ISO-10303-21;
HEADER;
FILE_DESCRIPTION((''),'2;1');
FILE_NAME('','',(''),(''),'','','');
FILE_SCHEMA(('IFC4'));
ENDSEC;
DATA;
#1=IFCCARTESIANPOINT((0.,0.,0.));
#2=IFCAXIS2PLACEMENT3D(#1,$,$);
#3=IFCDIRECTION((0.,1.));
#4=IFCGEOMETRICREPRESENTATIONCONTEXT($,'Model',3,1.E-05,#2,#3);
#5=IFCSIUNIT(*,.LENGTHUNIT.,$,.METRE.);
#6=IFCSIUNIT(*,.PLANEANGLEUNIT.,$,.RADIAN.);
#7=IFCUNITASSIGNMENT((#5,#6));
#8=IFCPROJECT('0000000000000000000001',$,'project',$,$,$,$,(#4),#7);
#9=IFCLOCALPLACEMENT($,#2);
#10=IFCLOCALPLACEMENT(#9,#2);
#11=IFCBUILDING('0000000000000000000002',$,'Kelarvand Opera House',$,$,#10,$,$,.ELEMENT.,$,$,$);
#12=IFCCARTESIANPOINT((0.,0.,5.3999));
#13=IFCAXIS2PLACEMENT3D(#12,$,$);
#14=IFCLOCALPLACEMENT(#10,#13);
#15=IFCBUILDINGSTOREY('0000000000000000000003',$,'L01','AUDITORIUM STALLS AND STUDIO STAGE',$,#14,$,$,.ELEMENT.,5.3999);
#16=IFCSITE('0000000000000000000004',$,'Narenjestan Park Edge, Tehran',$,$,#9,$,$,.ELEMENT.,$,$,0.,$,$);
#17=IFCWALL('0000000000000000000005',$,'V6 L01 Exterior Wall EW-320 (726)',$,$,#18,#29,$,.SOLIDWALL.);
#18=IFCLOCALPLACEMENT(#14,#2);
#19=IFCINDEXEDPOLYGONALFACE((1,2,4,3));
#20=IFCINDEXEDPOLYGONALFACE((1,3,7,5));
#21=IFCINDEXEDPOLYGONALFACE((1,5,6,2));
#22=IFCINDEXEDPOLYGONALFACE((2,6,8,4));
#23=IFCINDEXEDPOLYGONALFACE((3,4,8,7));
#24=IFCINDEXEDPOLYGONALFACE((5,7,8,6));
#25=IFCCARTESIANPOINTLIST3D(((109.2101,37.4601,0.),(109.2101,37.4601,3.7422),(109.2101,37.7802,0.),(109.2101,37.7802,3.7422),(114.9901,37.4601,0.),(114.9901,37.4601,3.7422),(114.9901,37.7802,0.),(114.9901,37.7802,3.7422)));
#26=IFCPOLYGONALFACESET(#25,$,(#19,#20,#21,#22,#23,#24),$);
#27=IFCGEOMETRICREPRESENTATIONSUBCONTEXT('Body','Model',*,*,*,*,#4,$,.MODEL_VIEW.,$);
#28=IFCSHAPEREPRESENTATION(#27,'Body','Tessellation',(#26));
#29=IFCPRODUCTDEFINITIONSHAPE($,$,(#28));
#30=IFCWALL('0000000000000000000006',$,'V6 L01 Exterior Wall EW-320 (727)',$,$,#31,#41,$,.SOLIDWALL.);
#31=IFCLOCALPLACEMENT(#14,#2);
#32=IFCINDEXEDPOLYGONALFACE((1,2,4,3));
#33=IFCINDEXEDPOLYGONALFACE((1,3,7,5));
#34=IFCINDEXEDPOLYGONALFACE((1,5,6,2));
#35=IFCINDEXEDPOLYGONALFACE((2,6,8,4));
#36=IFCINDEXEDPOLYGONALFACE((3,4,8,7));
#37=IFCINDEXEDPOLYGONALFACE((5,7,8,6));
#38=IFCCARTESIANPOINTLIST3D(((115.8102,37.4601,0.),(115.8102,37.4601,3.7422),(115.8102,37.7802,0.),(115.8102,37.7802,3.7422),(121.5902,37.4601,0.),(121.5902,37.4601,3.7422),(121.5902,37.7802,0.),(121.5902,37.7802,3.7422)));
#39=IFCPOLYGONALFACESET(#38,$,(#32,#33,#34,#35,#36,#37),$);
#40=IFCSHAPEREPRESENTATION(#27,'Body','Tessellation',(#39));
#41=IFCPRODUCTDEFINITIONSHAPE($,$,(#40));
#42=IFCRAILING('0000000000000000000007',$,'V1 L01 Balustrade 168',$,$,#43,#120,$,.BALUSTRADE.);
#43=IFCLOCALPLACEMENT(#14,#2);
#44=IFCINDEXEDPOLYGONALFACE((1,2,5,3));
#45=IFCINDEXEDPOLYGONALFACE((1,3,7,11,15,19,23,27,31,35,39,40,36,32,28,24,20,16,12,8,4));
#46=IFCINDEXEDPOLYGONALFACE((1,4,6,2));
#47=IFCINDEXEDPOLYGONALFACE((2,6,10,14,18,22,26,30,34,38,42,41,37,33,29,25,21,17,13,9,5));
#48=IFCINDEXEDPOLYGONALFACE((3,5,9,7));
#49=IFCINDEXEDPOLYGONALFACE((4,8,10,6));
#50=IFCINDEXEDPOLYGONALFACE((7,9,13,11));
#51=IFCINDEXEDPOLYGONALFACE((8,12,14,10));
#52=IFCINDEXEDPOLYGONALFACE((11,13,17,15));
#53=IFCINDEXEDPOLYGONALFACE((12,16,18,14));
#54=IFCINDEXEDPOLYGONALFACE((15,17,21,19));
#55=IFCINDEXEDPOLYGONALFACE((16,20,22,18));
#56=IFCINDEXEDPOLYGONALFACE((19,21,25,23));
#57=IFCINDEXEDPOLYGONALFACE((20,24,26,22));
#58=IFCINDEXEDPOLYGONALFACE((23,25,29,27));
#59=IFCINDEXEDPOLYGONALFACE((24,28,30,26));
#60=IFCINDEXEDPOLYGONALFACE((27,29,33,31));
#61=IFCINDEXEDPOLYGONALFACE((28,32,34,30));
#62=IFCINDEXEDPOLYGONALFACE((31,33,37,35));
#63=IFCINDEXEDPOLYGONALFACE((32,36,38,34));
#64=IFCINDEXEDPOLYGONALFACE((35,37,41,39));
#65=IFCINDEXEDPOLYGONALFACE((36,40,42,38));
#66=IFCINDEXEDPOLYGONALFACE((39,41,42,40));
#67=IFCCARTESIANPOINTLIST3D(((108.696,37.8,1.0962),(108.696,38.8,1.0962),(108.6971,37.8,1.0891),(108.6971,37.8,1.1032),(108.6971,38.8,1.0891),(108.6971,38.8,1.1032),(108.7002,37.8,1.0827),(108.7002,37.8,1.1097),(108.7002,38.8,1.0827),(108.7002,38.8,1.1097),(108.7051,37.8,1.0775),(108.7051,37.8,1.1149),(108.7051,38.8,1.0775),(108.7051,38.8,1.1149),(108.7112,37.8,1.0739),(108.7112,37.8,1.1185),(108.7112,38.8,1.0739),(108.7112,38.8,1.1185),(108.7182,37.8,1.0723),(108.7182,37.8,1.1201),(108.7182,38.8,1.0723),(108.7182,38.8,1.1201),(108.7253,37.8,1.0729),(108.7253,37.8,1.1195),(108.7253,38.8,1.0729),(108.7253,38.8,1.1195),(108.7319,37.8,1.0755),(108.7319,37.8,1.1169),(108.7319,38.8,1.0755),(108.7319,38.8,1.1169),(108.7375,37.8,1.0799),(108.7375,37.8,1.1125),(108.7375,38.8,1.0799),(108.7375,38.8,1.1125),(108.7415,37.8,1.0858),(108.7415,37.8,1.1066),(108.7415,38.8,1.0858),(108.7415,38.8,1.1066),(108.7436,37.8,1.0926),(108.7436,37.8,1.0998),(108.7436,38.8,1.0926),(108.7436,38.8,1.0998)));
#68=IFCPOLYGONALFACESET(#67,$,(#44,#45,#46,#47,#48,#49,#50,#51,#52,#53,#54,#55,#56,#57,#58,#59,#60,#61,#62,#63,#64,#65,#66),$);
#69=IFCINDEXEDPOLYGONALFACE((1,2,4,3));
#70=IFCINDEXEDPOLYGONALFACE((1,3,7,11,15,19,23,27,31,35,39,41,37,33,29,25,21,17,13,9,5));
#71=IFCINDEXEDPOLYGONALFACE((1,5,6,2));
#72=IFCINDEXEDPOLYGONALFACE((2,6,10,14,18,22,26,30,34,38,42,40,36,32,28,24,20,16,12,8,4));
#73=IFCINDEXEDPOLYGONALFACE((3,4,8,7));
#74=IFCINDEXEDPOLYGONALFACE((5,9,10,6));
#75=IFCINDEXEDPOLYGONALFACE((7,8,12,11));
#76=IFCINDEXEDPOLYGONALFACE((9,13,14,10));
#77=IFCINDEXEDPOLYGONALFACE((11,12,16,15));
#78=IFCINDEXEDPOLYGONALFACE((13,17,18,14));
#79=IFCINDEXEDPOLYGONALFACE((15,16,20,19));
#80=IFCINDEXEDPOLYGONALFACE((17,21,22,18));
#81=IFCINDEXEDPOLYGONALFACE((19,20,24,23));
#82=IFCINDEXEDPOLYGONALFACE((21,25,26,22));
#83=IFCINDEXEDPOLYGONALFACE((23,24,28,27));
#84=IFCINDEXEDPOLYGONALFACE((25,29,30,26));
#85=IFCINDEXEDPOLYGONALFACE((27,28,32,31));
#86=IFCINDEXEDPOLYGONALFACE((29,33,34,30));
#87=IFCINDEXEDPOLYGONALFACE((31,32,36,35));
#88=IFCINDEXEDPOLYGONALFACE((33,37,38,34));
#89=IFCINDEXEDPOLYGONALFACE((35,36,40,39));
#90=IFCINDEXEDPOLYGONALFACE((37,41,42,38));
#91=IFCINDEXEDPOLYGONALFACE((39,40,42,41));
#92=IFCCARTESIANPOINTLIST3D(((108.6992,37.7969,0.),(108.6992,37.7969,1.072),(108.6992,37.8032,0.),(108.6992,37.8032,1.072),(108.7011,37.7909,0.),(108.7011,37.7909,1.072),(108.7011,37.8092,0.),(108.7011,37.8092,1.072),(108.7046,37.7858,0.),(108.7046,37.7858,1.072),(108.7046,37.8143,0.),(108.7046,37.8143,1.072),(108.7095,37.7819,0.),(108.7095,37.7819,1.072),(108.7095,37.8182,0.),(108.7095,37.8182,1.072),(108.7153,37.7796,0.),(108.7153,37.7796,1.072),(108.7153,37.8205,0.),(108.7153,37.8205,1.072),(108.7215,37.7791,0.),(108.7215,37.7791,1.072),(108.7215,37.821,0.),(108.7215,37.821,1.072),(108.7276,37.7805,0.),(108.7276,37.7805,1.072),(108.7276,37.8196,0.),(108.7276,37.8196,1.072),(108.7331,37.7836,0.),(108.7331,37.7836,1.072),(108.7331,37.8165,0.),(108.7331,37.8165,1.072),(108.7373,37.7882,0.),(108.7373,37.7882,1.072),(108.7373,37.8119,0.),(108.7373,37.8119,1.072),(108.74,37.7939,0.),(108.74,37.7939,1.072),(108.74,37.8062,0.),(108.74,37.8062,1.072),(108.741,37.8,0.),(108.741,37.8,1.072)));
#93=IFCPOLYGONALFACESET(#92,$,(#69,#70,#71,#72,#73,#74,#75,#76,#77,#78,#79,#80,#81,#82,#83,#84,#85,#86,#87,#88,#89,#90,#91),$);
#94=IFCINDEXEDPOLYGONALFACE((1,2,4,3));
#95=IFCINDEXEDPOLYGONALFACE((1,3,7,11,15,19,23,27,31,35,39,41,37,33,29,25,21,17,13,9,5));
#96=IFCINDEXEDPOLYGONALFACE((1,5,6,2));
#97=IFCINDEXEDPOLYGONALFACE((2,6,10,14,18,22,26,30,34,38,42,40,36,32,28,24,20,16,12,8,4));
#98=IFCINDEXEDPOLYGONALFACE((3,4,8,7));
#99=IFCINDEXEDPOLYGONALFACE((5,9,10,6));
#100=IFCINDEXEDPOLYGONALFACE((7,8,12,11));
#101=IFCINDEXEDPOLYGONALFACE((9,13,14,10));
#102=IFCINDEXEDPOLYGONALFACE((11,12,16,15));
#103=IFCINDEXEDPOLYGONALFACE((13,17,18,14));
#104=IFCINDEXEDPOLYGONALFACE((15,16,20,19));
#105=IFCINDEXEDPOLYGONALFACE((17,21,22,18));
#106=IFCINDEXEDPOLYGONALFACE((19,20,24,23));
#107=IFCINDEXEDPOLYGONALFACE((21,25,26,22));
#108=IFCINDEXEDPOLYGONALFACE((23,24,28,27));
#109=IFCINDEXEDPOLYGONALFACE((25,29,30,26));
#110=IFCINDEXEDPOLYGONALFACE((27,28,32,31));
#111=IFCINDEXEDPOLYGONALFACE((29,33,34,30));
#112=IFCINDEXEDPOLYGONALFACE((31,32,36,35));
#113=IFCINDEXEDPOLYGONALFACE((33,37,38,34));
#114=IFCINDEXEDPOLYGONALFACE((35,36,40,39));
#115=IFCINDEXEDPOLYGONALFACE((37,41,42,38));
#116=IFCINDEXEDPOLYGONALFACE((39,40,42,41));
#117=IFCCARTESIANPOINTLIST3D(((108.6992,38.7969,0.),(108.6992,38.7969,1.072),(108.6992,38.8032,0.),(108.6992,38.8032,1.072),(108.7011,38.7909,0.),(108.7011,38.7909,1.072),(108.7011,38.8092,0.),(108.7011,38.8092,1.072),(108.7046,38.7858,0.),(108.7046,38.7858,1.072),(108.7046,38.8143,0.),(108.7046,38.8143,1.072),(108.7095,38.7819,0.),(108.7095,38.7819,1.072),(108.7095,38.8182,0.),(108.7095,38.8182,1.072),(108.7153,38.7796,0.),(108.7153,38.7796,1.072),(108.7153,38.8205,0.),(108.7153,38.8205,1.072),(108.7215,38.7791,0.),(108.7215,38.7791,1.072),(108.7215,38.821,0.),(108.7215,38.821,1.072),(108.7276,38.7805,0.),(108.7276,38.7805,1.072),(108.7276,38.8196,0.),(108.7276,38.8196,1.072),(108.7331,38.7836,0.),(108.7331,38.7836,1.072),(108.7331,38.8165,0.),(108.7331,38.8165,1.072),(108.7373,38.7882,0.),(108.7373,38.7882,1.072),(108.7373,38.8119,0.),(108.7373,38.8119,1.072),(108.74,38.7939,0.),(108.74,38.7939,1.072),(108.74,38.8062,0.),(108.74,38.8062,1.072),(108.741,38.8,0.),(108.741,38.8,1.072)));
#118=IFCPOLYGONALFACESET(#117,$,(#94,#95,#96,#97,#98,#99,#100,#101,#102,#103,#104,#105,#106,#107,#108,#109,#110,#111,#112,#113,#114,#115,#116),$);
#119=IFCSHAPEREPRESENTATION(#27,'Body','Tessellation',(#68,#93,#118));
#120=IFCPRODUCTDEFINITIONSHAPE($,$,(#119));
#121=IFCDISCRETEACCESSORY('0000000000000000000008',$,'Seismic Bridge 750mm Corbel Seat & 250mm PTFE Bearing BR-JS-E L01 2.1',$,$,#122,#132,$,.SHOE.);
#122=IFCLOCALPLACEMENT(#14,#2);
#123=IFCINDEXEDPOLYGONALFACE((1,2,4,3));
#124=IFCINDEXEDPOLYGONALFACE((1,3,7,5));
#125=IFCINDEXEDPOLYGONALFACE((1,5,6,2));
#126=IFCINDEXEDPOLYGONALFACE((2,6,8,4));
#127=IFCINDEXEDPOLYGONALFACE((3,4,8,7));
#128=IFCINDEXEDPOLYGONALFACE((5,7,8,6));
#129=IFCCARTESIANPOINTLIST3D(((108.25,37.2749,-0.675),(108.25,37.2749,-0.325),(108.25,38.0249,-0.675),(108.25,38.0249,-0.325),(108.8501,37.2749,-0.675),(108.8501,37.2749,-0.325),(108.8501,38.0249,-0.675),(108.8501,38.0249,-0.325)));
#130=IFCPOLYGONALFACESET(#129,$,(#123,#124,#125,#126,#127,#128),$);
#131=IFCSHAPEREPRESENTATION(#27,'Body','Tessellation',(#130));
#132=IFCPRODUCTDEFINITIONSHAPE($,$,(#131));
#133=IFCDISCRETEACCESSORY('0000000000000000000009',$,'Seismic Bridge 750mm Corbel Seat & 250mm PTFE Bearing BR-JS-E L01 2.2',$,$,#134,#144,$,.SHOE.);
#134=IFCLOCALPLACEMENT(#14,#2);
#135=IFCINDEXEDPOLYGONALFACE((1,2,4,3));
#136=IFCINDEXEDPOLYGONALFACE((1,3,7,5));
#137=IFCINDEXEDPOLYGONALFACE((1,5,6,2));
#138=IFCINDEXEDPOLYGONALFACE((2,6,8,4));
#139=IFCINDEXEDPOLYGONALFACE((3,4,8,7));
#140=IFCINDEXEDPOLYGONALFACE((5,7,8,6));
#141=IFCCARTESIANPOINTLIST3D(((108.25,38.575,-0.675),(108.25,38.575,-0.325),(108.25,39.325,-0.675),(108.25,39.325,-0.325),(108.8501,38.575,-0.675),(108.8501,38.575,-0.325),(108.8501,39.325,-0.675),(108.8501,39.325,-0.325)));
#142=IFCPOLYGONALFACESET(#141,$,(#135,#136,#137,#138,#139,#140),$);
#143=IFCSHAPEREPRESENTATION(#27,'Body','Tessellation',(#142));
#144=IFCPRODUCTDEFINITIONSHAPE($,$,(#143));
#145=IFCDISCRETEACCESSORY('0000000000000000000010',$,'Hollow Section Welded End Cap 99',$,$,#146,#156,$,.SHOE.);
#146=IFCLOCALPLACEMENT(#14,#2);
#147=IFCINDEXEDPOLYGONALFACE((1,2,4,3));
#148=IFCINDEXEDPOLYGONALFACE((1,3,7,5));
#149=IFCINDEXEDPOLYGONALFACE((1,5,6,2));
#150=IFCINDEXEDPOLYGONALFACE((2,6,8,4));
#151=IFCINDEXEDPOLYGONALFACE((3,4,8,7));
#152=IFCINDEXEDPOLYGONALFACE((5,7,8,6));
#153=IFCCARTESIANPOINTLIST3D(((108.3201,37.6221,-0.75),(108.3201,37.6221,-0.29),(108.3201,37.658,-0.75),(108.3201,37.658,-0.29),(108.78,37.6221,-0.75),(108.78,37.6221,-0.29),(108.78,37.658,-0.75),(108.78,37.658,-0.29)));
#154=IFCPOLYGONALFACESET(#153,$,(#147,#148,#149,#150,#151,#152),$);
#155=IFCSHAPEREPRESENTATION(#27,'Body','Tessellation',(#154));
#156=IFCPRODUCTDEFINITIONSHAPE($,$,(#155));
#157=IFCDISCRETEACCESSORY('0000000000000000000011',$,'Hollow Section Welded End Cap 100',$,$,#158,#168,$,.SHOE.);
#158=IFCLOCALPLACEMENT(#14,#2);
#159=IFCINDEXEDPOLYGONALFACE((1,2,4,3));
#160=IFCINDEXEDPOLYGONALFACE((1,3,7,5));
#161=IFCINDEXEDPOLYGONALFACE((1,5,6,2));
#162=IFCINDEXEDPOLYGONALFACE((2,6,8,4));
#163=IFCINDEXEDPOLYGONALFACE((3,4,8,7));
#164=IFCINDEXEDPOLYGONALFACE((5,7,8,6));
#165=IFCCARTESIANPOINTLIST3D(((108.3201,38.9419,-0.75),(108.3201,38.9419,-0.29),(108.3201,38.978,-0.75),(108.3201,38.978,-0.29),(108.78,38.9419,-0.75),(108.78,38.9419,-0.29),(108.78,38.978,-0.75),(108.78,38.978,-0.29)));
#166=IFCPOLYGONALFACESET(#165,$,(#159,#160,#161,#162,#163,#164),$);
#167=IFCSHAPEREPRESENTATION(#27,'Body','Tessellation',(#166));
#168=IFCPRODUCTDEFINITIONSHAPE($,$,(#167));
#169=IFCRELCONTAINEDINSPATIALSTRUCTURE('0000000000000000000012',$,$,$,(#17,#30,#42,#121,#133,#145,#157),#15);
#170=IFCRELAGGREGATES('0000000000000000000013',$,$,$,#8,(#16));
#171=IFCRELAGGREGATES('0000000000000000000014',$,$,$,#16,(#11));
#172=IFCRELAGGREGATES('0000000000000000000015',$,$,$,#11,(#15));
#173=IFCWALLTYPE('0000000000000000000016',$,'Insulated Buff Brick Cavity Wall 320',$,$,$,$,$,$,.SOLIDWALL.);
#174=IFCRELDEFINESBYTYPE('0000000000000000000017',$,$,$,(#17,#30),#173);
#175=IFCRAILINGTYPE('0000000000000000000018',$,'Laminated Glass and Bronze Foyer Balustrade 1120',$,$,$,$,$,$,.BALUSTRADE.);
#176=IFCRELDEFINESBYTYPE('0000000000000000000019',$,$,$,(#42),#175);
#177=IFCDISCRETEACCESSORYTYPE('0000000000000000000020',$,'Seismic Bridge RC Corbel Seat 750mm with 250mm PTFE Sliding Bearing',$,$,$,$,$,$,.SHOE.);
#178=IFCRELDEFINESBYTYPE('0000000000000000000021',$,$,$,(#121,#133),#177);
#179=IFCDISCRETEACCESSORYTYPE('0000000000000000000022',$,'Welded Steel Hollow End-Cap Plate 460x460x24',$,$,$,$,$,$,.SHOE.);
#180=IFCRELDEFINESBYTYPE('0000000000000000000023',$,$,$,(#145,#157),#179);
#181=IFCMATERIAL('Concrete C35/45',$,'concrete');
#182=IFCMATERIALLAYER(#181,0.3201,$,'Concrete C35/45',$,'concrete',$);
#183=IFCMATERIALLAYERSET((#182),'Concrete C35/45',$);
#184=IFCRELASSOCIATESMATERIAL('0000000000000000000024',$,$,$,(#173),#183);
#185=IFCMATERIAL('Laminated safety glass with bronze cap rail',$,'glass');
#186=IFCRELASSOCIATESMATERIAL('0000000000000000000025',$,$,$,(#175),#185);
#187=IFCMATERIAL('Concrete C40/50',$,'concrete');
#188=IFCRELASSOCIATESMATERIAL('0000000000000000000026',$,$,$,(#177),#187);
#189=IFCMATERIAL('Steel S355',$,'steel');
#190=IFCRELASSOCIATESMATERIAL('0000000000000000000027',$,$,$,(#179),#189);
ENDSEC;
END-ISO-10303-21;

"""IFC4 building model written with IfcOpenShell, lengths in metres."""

from ifc_helpers import new_model, si_unit, direction, frame, frame_2d, origin, origin_2d, place, context, subcontext, project, spatial, rectangle, circle, extrude, material, layer, layer_set, material_profile, profile_set, type_object, element, save


model = new_model("IFC4")

# Units and contexts
model_context = context("Model", 3, precision=1e-05, world=origin(), true_north=direction((0.0, 1.0)))
body_context = subcontext(model_context, "Body", "Model", "MODEL_VIEW")
ifc_project = project(units=[si_unit("LENGTHUNIT", "METRE"), si_unit("PLANEANGLEUNIT", "RADIAN")], contexts=[model_context])

# Site, building, storey
site_placement = place(None, origin())
site = spatial("IfcSite", under=ifc_project, at=site_placement, Name="Narenjestan Park Edge, Tehran", CompositionType="ELEMENT", RefElevation=0.0)
building_placement = place(site_placement, origin())
building = spatial("IfcBuilding", under=site, at=building_placement, Name="Kelarvand Opera House", CompositionType="ELEMENT")
storey_placement = place(building_placement, frame((0.0, 0.0, 5.3999)))
storey = spatial("IfcBuildingStorey", under=building, at=storey_placement, Name="L01", Description="AUDITORIUM STALLS AND STUDIO STAGE", CompositionType="ELEMENT", Elevation=5.3999)

# Shared definitions
ifc_material_1 = material(Name="Concrete C40/50", Category="concrete")

# Shared definitions
ifc_material_2 = material(Name="Concrete C35/45", Category="concrete")
ifc_material_3 = material(Name="Steel S355", Category="steel")

# Walls
ifc_layer_1 = layer(ifc_material_2, 0.3201, Name="Concrete C35/45", Category="concrete")
ifc_layer_set_1 = layer_set([ifc_layer_1], Name="Concrete C35/45")
wall_type_1 = type_object("IfcWallType", Name="Insulated Buff Brick Cavity Wall 320", PredefinedType="SOLIDWALL", material=ifc_layer_set_1)
for number, where, z_axis, x_axis, name in (
    (1, (109.21, 37.6201, 0.0), (0.0, 0.0, 1.0), (1.0, 0.0, 0.0), "V6 L01 Exterior Wall EW-320 (726)"),
    (2, (115.8101, 37.6201, 0.0), (0.0, 0.0, 1.0), (1.0, 0.0, 0.0), "V6 L01 Exterior Wall EW-320 (727)"),
):
    element("IfcWall", number, at=place(storey_placement, frame(where, z_axis=z_axis, x_axis=x_axis)), inside=storey, type_object=wall_type_1, Name=name, PredefinedType="SOLIDWALL", context=body_context, shape_type="SweptSolid", body=[
        extrude(rectangle(XDim=5.78, YDim=0.3201, at=frame_2d((2.8901, 0.0))), origin(), (0.0, 0.0, 1.0), 3.7422),
    ])

# Railing
ifc_material_4 = material(Name="Laminated safety glass with bronze cap rail", Category="glass")
railing_type = type_object("IfcRailingType", Name="Laminated Glass and Bronze Foyer Balustrade 1120", PredefinedType="BALUSTRADE", material=ifc_material_4)
railing_placement = place(storey_placement, frame((108.72, 37.8, 0.0)))
element("IfcRailing", 3, at=railing_placement, inside=storey, type_object=railing_type, Name="V1 L01 Balustrade 168", PredefinedType="BALUSTRADE", context=body_context, shape_type="SweptSolid", body=[
    extrude(circle(Radius=0.0239, at=origin_2d()), frame((0.0, 0.0, 1.0962), z_axis=(0.0, 1.0, 0.0), x_axis=(-1.0, 0.0, 0.0)), (0.0, 0.0, 1.0), 1.0),
    extrude(circle(Radius=0.021, at=origin_2d()), origin(), (0.0, 0.0, 1.0), 1.072),
    extrude(circle(Radius=0.021, at=origin_2d()), frame((0.0, 1.0, 0.0)), (0.0, 0.0, 1.0), 1.072),
])

# Discrete accessories
discrete_accessory_type_1 = type_object("IfcDiscreteAccessoryType", Name="Seismic Bridge RC Corbel Seat 750mm with 250mm PTFE Sliding Bearing", PredefinedType="SHOE", material=ifc_material_1)
for number, where, z_axis, x_axis, name in (
    (4, (108.55, 37.6499, -0.675), (0.0, 0.0, 1.0), (0.0, 1.0, 0.0), "Seismic Bridge 750mm Corbel Seat & 250mm PTFE Bearing BR-JS-E L01 2.1"),
    (5, (108.55, 38.95, -0.675), (0.0, 0.0, 1.0), (0.0, 1.0, 0.0), "Seismic Bridge 750mm Corbel Seat & 250mm PTFE Bearing BR-JS-E L01 2.2"),
):
    element("IfcDiscreteAccessory", number, at=place(storey_placement, frame(where, z_axis=z_axis, x_axis=x_axis)), inside=storey, type_object=discrete_accessory_type_1, Name=name, PredefinedType="SHOE", context=body_context, shape_type="SweptSolid", body=[
        extrude(rectangle(XDim=0.75, YDim=0.6001, at=origin_2d()), origin(), (0.0, 0.0, 1.0), 0.3501),
    ])
ifc_material_profile_1 = material_profile(ifc_material_3, rectangle(XDim=0.46, YDim=0.46, at=origin_2d()), Name="Welded Steel Hollow End-Cap Plate 460x460x24", Category="steel")
ifc_profile_set_1 = profile_set([ifc_material_profile_1], Name="Steel S355")
discrete_accessory_type_2 = type_object("IfcDiscreteAccessoryType", Name="Welded Steel Hollow End-Cap Plate 460x460x24", PredefinedType="SHOE", material=ifc_profile_set_1)
discrete_accessory_1_placement = place(storey_placement, frame((108.55, 37.658, -0.52), z_axis=(0.0, -1.0, 0.0), x_axis=(1.0, 0.0, 0.0)))
element("IfcDiscreteAccessory", 6, at=discrete_accessory_1_placement, inside=storey, type_object=discrete_accessory_type_2, Name="Hollow Section Welded End Cap 99", PredefinedType="SHOE", context=body_context, shape_type="SweptSolid", body=[
    extrude(rectangle(XDim=0.46, YDim=0.46, at=origin_2d()), origin(), (0.0, 0.0, 1.0), 0.0359),
])
discrete_accessory_2_placement = place(storey_placement, frame((108.55, 38.9419, -0.52), z_axis=(0.0, 1.0, 0.0), x_axis=(-1.0, 0.0, 0.0)))
element("IfcDiscreteAccessory", 7, at=discrete_accessory_2_placement, inside=storey, type_object=discrete_accessory_type_2, Name="Hollow Section Welded End Cap 100", PredefinedType="SHOE", context=body_context, shape_type="SweptSolid", body=[
    extrude(rectangle(XDim=0.46, YDim=0.46, at=origin_2d()), origin(), (0.0, 0.0, 1.0), 0.0361),
])

save(model, "model.ifc")
